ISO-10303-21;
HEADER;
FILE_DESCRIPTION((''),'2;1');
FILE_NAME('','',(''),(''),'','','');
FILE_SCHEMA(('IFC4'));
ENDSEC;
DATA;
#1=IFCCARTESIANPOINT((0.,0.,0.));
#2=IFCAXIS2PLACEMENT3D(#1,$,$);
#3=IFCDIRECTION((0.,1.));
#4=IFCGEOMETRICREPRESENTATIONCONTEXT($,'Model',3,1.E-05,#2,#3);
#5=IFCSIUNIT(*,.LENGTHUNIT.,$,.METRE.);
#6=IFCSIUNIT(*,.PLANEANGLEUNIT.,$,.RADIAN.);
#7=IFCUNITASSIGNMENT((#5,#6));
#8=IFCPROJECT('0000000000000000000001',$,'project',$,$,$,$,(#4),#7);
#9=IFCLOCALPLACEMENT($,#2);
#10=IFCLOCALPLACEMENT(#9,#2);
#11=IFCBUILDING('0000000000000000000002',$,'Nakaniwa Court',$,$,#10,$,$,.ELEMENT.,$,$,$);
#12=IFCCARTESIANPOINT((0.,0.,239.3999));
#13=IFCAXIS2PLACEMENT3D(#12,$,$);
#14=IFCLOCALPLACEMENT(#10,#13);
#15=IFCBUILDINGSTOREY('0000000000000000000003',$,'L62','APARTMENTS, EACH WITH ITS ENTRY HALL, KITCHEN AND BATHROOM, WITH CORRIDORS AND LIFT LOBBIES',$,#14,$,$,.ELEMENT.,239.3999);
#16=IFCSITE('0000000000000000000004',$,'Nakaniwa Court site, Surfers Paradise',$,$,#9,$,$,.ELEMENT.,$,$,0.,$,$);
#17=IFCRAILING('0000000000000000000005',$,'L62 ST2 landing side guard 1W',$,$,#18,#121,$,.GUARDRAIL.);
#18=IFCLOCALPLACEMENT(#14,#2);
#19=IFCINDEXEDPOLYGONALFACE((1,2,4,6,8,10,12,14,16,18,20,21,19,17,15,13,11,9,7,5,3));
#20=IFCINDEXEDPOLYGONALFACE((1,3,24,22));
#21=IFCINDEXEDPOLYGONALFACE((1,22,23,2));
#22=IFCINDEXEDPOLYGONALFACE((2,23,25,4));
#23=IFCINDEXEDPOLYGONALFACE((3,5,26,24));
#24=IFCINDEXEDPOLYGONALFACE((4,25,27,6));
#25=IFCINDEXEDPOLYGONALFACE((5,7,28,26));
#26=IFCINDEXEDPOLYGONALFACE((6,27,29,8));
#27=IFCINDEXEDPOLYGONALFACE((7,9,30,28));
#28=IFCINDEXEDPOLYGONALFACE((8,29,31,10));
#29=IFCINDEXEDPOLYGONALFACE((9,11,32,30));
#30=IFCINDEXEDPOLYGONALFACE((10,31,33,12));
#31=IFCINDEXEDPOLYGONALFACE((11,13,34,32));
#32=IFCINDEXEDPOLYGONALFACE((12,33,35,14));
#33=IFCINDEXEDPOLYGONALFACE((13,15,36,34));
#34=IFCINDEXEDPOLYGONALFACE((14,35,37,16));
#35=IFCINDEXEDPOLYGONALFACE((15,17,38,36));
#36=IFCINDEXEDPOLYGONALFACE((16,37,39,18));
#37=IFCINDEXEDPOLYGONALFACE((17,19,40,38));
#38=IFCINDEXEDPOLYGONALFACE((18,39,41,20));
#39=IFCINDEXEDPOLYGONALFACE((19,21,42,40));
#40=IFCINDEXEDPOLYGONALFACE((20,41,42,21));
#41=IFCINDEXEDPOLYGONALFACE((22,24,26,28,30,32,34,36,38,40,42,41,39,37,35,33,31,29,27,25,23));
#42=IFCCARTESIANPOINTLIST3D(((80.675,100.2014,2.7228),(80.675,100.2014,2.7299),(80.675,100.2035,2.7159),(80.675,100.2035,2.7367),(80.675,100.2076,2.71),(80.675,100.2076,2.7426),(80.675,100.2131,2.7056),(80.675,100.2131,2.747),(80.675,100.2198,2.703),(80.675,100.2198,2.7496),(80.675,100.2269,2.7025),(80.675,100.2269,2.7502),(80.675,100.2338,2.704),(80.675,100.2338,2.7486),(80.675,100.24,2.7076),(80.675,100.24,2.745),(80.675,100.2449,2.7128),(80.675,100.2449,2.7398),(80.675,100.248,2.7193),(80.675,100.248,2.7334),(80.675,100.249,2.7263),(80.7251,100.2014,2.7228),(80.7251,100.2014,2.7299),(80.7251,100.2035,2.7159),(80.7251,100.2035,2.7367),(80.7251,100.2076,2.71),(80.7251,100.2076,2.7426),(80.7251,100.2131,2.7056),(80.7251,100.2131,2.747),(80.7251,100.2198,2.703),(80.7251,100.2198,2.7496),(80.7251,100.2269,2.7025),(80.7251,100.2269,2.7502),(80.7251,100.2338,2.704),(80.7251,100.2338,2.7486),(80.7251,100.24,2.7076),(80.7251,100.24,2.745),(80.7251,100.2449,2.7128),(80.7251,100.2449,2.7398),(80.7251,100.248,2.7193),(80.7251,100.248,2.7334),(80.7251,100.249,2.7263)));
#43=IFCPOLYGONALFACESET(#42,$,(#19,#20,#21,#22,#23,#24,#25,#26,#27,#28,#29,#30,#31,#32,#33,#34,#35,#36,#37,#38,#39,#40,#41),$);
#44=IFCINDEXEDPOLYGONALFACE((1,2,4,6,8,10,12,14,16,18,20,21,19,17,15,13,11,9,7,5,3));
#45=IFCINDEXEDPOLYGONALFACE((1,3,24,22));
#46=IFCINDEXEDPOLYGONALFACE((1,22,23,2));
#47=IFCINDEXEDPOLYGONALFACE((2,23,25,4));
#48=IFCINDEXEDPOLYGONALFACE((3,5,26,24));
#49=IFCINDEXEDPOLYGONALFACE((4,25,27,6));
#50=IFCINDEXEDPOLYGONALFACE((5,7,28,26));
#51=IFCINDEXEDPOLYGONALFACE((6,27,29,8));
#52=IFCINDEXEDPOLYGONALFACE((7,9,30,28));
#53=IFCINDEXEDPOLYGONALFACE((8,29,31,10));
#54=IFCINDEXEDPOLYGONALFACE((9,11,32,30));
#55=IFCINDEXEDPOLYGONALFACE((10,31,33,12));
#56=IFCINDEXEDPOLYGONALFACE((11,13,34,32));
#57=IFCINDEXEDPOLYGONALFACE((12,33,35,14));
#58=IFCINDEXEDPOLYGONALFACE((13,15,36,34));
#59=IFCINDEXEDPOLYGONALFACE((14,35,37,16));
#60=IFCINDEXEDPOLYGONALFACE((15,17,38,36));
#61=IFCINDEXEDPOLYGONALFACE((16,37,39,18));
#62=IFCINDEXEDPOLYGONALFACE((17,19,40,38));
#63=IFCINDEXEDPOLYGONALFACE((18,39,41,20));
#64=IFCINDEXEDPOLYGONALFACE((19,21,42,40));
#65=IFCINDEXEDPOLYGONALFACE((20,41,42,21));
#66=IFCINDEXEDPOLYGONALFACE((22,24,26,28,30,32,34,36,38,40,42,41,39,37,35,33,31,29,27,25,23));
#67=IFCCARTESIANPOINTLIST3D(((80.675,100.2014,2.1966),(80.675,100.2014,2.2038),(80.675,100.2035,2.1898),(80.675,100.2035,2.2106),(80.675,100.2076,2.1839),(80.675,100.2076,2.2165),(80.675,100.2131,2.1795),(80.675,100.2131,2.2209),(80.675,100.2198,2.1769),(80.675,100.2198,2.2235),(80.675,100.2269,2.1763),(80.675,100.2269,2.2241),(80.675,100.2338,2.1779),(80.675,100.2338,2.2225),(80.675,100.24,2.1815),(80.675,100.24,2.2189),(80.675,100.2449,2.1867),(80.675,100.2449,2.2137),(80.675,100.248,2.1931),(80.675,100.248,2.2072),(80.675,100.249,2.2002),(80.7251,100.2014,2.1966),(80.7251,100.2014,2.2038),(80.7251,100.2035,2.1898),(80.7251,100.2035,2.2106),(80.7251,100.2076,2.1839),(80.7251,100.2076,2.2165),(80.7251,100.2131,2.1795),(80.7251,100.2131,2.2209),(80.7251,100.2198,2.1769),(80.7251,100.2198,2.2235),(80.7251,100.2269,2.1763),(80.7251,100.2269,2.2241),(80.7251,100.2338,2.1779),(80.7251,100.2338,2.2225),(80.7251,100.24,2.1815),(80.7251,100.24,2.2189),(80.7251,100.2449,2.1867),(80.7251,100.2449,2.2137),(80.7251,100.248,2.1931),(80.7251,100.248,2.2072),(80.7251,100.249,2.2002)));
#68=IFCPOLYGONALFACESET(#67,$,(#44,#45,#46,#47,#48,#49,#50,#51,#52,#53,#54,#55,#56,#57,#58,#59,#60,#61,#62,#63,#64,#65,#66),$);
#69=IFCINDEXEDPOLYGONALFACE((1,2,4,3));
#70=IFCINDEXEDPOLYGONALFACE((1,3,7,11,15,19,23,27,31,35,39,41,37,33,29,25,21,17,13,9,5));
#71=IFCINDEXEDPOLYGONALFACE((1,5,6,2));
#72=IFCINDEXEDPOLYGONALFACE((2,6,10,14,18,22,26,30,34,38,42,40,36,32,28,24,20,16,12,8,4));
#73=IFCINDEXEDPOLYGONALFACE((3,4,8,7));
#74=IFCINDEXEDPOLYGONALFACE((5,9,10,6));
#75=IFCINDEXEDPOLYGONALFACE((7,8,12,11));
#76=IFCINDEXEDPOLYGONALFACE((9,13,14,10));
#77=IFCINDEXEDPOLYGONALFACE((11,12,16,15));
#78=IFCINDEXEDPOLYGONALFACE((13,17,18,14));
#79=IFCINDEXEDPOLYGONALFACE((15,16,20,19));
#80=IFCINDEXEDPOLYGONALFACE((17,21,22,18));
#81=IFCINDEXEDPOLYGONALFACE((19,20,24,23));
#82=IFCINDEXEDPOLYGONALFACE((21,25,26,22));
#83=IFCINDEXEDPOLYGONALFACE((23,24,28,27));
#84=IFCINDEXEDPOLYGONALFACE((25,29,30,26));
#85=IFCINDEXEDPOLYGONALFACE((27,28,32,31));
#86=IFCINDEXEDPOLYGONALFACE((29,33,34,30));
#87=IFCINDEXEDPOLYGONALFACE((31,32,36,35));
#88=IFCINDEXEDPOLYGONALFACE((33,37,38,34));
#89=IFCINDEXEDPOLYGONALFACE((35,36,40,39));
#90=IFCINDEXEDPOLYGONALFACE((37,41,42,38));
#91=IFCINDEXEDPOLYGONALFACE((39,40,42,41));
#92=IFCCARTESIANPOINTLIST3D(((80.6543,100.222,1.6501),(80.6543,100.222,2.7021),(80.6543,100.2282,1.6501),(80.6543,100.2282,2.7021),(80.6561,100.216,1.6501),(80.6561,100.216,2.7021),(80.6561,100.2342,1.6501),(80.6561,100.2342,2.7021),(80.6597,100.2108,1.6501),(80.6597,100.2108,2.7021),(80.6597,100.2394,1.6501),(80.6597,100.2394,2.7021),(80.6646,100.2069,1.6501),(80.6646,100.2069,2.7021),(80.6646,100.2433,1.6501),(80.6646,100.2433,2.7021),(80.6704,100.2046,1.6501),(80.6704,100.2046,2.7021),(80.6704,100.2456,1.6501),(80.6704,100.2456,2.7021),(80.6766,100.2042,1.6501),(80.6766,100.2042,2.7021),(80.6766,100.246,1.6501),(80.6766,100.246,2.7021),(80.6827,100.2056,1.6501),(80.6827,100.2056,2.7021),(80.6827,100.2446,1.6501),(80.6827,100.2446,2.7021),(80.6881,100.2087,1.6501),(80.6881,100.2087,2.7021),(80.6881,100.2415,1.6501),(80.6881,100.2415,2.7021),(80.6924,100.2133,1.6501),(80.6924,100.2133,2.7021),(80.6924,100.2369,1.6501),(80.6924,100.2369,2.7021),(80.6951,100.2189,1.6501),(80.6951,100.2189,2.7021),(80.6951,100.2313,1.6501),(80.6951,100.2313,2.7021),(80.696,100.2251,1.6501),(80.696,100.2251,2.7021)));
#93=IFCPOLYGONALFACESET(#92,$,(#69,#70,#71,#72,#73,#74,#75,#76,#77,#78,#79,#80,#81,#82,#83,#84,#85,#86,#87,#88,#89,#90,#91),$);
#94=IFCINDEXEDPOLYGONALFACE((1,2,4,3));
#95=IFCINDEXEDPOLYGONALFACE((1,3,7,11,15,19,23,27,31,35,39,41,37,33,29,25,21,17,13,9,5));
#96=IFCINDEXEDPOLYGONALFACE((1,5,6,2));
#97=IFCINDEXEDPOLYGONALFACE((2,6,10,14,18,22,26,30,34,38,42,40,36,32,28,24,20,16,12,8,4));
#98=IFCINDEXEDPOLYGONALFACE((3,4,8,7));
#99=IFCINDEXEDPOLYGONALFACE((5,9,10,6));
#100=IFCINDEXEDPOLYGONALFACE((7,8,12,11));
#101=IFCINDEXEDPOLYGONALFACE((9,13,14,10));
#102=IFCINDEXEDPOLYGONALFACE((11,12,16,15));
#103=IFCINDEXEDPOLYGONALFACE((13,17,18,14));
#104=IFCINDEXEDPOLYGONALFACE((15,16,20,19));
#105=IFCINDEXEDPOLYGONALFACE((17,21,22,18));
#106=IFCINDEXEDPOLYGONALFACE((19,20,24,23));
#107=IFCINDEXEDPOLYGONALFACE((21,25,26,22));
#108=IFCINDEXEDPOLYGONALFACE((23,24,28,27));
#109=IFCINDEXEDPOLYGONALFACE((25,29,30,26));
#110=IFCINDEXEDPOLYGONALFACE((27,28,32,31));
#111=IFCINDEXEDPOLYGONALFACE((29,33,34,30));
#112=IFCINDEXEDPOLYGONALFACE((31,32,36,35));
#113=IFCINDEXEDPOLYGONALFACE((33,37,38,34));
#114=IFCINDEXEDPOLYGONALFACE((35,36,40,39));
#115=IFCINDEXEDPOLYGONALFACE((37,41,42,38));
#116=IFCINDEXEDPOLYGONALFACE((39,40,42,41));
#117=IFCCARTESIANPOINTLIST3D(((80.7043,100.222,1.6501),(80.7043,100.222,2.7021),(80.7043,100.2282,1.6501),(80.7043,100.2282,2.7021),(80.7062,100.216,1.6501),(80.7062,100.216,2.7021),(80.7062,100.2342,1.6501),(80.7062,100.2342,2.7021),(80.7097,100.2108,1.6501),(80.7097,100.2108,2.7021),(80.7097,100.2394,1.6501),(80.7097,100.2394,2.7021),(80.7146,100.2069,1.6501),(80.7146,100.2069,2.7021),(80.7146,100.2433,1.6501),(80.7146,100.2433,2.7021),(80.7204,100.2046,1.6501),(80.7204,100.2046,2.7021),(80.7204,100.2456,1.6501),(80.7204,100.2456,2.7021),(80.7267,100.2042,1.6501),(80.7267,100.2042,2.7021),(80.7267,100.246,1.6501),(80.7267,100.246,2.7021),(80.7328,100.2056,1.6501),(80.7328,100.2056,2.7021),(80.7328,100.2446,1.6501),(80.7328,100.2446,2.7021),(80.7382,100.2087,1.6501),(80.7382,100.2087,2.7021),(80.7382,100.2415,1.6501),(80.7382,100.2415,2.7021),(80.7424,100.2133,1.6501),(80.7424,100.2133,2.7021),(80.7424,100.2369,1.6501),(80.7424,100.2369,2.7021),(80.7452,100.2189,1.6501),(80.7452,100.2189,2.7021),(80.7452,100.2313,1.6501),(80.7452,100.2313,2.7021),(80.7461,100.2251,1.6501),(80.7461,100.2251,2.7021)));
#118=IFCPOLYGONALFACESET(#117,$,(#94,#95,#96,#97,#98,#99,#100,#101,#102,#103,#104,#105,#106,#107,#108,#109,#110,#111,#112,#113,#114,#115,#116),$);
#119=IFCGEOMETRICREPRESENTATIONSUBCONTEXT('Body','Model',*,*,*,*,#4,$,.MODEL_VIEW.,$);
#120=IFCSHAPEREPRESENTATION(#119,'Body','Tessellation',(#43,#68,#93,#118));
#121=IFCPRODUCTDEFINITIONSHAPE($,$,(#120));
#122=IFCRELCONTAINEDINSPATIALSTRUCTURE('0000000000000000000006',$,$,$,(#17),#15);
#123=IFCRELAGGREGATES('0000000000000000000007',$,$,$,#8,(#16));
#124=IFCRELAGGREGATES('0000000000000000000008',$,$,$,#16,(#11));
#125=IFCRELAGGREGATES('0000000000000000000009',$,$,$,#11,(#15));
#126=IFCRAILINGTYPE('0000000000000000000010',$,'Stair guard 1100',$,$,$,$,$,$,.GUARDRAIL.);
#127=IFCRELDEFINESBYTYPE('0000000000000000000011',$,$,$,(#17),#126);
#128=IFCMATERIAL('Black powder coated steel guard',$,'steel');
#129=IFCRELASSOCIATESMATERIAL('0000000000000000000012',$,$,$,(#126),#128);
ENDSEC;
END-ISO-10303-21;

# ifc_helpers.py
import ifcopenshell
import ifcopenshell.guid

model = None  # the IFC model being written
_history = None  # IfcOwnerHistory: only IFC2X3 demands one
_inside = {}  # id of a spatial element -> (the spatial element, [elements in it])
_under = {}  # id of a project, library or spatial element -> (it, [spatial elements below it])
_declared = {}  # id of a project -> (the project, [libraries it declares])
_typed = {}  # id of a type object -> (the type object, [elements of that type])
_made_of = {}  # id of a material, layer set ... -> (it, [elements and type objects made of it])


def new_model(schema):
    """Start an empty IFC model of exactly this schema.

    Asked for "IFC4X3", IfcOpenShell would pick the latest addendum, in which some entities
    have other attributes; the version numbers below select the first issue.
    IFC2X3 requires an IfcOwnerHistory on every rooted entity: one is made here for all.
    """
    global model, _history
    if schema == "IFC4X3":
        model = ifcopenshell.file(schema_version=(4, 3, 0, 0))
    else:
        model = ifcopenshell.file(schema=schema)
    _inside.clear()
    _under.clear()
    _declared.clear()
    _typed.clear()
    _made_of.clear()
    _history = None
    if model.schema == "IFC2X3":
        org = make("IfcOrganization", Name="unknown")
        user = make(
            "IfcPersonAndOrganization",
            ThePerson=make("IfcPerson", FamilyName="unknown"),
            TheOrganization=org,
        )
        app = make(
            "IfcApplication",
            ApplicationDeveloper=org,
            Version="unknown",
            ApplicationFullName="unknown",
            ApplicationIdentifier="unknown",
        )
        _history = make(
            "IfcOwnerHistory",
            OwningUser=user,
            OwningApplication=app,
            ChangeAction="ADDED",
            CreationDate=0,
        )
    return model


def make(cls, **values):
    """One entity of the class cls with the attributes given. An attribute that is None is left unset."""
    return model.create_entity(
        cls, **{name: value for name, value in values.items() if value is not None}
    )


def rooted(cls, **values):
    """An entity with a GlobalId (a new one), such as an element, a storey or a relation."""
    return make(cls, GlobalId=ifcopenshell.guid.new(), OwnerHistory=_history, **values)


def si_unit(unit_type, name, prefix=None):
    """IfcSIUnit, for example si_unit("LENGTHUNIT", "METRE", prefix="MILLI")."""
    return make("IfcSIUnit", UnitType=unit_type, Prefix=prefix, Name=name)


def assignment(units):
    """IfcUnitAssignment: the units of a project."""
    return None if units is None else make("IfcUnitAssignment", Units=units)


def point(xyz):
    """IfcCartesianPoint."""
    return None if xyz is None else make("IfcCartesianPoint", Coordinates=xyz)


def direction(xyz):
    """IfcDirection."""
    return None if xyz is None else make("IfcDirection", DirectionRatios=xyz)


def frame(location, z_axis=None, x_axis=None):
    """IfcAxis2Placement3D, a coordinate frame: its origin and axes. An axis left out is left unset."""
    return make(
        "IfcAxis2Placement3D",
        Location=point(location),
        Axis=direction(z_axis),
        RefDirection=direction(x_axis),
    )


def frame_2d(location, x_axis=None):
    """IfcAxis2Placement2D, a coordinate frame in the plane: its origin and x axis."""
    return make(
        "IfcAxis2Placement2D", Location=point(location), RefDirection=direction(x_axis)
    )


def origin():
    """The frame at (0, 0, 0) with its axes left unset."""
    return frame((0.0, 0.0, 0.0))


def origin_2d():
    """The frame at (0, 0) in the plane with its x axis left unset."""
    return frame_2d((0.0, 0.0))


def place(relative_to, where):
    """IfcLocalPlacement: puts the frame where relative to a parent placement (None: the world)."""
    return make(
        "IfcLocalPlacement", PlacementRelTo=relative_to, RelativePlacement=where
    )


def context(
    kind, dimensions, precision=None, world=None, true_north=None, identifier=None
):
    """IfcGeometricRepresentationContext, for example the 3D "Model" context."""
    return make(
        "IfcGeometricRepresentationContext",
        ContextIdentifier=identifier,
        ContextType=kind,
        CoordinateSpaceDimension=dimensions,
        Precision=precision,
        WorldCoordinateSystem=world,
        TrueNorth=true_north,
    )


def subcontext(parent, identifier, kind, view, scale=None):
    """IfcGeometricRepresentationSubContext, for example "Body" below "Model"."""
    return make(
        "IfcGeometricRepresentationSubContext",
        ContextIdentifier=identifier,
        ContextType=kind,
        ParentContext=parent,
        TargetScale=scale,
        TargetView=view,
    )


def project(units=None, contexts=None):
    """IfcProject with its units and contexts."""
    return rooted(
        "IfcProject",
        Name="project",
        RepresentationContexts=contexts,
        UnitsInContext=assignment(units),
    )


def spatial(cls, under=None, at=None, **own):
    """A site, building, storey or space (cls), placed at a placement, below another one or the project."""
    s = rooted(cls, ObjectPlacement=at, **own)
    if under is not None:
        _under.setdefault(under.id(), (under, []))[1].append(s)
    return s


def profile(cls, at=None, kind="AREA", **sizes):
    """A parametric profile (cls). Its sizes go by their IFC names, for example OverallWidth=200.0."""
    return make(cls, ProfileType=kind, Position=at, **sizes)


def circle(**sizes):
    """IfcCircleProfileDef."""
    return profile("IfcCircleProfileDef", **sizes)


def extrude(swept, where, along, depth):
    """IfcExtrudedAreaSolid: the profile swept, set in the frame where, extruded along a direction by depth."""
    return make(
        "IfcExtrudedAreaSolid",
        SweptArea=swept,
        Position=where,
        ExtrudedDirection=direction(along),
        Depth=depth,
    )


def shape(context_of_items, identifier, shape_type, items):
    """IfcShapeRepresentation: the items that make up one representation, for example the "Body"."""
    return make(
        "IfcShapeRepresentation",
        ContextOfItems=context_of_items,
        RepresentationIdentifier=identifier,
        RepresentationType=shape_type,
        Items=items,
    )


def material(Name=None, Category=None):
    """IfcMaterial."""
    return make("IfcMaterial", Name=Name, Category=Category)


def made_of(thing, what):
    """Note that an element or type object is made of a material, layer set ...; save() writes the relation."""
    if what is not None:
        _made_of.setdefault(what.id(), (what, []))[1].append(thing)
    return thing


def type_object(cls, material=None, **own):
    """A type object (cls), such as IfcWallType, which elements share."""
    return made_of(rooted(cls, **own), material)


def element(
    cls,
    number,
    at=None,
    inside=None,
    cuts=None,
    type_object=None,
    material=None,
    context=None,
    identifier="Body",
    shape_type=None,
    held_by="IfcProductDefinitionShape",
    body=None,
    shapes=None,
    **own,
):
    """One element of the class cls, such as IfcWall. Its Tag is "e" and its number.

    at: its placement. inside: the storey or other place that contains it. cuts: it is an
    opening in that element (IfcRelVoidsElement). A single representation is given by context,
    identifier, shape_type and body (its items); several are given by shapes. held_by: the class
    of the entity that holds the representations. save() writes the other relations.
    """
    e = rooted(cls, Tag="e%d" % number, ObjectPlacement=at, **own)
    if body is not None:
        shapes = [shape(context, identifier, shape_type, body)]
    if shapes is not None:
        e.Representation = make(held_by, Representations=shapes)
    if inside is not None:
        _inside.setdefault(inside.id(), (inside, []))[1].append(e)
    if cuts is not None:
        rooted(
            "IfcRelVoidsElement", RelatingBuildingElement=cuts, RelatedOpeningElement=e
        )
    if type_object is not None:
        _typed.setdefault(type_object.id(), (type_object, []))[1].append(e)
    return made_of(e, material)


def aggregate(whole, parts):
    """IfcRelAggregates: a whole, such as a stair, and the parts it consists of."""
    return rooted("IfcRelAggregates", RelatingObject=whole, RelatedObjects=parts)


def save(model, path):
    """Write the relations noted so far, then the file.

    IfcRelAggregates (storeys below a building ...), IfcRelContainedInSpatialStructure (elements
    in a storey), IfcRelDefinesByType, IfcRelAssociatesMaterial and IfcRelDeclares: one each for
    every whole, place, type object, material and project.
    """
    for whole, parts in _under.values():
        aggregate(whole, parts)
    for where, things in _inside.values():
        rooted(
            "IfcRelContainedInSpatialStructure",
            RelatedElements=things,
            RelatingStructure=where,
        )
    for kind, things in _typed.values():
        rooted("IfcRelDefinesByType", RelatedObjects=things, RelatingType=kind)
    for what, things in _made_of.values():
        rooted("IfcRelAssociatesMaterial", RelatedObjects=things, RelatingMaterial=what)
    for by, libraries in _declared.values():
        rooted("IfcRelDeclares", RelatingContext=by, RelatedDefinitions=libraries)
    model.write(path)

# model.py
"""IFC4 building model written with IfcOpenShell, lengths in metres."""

from ifc_helpers import new_model, si_unit, direction, frame, origin, origin_2d, place, context, subcontext, project, spatial, circle, extrude, material, type_object, element, save


model = new_model("IFC4")

# Units and contexts
model_context = context("Model", 3, precision=1e-05, world=origin(), true_north=direction((0.0, 1.0)))
body_context = subcontext(model_context, "Body", "Model", "MODEL_VIEW")
ifc_project = project(units=[si_unit("LENGTHUNIT", "METRE"), si_unit("PLANEANGLEUNIT", "RADIAN")], contexts=[model_context])

# Site, building, storey
site_placement = place(None, origin())
site = spatial("IfcSite", under=ifc_project, at=site_placement, Name="Nakaniwa Court site, Surfers Paradise", CompositionType="ELEMENT", RefElevation=0.0)
building_placement = place(site_placement, origin())
building = spatial("IfcBuilding", under=site, at=building_placement, Name="Nakaniwa Court", CompositionType="ELEMENT")
storey_placement = place(building_placement, frame((0.0, 0.0, 239.3999)))
storey = spatial("IfcBuildingStorey", under=building, at=storey_placement, Name="L62", Description="APARTMENTS, EACH WITH ITS ENTRY HALL, KITCHEN AND BATHROOM, WITH CORRIDORS AND LIFT LOBBIES", CompositionType="ELEMENT", Elevation=239.3999)

# Railing
ifc_material_1 = material(Name="Black powder coated steel guard", Category="steel")
railing_type_1 = type_object("IfcRailingType", Name="Stair guard 1100", PredefinedType="GUARDRAIL", material=ifc_material_1)
for number, where, name in (
    (1, (80.675, 100.2251, 1.6501), "L62 ST2 landing side guard 1W"),
):
    element("IfcRailing", number, at=place(storey_placement, frame(where)), inside=storey, type_object=railing_type_1, Name=name, PredefinedType="GUARDRAIL", context=body_context, shape_type="SweptSolid", body=[
        extrude(circle(Radius=0.0239, at=origin_2d()), frame((0.0, 0.0, 1.0762), z_axis=(1.0, 0.0, 0.0), x_axis=(0.0, 1.0, 0.0)), (0.0, 0.0, 1.0), 0.05),
        extrude(circle(Radius=0.0239, at=origin_2d()), frame((0.0, 0.0, 0.55), z_axis=(1.0, 0.0, 0.0), x_axis=(0.0, 1.0, 0.0)), (0.0, 0.0, 1.0), 0.05),
        extrude(circle(Radius=0.021, at=origin_2d()), origin(), (0.0, 0.0, 1.0), 1.052),
        extrude(circle(Radius=0.021, at=origin_2d()), frame((0.05, 0.0, 0.0)), (0.0, 0.0, 1.0), 1.052),
    ])

save(model, "model.ifc")
